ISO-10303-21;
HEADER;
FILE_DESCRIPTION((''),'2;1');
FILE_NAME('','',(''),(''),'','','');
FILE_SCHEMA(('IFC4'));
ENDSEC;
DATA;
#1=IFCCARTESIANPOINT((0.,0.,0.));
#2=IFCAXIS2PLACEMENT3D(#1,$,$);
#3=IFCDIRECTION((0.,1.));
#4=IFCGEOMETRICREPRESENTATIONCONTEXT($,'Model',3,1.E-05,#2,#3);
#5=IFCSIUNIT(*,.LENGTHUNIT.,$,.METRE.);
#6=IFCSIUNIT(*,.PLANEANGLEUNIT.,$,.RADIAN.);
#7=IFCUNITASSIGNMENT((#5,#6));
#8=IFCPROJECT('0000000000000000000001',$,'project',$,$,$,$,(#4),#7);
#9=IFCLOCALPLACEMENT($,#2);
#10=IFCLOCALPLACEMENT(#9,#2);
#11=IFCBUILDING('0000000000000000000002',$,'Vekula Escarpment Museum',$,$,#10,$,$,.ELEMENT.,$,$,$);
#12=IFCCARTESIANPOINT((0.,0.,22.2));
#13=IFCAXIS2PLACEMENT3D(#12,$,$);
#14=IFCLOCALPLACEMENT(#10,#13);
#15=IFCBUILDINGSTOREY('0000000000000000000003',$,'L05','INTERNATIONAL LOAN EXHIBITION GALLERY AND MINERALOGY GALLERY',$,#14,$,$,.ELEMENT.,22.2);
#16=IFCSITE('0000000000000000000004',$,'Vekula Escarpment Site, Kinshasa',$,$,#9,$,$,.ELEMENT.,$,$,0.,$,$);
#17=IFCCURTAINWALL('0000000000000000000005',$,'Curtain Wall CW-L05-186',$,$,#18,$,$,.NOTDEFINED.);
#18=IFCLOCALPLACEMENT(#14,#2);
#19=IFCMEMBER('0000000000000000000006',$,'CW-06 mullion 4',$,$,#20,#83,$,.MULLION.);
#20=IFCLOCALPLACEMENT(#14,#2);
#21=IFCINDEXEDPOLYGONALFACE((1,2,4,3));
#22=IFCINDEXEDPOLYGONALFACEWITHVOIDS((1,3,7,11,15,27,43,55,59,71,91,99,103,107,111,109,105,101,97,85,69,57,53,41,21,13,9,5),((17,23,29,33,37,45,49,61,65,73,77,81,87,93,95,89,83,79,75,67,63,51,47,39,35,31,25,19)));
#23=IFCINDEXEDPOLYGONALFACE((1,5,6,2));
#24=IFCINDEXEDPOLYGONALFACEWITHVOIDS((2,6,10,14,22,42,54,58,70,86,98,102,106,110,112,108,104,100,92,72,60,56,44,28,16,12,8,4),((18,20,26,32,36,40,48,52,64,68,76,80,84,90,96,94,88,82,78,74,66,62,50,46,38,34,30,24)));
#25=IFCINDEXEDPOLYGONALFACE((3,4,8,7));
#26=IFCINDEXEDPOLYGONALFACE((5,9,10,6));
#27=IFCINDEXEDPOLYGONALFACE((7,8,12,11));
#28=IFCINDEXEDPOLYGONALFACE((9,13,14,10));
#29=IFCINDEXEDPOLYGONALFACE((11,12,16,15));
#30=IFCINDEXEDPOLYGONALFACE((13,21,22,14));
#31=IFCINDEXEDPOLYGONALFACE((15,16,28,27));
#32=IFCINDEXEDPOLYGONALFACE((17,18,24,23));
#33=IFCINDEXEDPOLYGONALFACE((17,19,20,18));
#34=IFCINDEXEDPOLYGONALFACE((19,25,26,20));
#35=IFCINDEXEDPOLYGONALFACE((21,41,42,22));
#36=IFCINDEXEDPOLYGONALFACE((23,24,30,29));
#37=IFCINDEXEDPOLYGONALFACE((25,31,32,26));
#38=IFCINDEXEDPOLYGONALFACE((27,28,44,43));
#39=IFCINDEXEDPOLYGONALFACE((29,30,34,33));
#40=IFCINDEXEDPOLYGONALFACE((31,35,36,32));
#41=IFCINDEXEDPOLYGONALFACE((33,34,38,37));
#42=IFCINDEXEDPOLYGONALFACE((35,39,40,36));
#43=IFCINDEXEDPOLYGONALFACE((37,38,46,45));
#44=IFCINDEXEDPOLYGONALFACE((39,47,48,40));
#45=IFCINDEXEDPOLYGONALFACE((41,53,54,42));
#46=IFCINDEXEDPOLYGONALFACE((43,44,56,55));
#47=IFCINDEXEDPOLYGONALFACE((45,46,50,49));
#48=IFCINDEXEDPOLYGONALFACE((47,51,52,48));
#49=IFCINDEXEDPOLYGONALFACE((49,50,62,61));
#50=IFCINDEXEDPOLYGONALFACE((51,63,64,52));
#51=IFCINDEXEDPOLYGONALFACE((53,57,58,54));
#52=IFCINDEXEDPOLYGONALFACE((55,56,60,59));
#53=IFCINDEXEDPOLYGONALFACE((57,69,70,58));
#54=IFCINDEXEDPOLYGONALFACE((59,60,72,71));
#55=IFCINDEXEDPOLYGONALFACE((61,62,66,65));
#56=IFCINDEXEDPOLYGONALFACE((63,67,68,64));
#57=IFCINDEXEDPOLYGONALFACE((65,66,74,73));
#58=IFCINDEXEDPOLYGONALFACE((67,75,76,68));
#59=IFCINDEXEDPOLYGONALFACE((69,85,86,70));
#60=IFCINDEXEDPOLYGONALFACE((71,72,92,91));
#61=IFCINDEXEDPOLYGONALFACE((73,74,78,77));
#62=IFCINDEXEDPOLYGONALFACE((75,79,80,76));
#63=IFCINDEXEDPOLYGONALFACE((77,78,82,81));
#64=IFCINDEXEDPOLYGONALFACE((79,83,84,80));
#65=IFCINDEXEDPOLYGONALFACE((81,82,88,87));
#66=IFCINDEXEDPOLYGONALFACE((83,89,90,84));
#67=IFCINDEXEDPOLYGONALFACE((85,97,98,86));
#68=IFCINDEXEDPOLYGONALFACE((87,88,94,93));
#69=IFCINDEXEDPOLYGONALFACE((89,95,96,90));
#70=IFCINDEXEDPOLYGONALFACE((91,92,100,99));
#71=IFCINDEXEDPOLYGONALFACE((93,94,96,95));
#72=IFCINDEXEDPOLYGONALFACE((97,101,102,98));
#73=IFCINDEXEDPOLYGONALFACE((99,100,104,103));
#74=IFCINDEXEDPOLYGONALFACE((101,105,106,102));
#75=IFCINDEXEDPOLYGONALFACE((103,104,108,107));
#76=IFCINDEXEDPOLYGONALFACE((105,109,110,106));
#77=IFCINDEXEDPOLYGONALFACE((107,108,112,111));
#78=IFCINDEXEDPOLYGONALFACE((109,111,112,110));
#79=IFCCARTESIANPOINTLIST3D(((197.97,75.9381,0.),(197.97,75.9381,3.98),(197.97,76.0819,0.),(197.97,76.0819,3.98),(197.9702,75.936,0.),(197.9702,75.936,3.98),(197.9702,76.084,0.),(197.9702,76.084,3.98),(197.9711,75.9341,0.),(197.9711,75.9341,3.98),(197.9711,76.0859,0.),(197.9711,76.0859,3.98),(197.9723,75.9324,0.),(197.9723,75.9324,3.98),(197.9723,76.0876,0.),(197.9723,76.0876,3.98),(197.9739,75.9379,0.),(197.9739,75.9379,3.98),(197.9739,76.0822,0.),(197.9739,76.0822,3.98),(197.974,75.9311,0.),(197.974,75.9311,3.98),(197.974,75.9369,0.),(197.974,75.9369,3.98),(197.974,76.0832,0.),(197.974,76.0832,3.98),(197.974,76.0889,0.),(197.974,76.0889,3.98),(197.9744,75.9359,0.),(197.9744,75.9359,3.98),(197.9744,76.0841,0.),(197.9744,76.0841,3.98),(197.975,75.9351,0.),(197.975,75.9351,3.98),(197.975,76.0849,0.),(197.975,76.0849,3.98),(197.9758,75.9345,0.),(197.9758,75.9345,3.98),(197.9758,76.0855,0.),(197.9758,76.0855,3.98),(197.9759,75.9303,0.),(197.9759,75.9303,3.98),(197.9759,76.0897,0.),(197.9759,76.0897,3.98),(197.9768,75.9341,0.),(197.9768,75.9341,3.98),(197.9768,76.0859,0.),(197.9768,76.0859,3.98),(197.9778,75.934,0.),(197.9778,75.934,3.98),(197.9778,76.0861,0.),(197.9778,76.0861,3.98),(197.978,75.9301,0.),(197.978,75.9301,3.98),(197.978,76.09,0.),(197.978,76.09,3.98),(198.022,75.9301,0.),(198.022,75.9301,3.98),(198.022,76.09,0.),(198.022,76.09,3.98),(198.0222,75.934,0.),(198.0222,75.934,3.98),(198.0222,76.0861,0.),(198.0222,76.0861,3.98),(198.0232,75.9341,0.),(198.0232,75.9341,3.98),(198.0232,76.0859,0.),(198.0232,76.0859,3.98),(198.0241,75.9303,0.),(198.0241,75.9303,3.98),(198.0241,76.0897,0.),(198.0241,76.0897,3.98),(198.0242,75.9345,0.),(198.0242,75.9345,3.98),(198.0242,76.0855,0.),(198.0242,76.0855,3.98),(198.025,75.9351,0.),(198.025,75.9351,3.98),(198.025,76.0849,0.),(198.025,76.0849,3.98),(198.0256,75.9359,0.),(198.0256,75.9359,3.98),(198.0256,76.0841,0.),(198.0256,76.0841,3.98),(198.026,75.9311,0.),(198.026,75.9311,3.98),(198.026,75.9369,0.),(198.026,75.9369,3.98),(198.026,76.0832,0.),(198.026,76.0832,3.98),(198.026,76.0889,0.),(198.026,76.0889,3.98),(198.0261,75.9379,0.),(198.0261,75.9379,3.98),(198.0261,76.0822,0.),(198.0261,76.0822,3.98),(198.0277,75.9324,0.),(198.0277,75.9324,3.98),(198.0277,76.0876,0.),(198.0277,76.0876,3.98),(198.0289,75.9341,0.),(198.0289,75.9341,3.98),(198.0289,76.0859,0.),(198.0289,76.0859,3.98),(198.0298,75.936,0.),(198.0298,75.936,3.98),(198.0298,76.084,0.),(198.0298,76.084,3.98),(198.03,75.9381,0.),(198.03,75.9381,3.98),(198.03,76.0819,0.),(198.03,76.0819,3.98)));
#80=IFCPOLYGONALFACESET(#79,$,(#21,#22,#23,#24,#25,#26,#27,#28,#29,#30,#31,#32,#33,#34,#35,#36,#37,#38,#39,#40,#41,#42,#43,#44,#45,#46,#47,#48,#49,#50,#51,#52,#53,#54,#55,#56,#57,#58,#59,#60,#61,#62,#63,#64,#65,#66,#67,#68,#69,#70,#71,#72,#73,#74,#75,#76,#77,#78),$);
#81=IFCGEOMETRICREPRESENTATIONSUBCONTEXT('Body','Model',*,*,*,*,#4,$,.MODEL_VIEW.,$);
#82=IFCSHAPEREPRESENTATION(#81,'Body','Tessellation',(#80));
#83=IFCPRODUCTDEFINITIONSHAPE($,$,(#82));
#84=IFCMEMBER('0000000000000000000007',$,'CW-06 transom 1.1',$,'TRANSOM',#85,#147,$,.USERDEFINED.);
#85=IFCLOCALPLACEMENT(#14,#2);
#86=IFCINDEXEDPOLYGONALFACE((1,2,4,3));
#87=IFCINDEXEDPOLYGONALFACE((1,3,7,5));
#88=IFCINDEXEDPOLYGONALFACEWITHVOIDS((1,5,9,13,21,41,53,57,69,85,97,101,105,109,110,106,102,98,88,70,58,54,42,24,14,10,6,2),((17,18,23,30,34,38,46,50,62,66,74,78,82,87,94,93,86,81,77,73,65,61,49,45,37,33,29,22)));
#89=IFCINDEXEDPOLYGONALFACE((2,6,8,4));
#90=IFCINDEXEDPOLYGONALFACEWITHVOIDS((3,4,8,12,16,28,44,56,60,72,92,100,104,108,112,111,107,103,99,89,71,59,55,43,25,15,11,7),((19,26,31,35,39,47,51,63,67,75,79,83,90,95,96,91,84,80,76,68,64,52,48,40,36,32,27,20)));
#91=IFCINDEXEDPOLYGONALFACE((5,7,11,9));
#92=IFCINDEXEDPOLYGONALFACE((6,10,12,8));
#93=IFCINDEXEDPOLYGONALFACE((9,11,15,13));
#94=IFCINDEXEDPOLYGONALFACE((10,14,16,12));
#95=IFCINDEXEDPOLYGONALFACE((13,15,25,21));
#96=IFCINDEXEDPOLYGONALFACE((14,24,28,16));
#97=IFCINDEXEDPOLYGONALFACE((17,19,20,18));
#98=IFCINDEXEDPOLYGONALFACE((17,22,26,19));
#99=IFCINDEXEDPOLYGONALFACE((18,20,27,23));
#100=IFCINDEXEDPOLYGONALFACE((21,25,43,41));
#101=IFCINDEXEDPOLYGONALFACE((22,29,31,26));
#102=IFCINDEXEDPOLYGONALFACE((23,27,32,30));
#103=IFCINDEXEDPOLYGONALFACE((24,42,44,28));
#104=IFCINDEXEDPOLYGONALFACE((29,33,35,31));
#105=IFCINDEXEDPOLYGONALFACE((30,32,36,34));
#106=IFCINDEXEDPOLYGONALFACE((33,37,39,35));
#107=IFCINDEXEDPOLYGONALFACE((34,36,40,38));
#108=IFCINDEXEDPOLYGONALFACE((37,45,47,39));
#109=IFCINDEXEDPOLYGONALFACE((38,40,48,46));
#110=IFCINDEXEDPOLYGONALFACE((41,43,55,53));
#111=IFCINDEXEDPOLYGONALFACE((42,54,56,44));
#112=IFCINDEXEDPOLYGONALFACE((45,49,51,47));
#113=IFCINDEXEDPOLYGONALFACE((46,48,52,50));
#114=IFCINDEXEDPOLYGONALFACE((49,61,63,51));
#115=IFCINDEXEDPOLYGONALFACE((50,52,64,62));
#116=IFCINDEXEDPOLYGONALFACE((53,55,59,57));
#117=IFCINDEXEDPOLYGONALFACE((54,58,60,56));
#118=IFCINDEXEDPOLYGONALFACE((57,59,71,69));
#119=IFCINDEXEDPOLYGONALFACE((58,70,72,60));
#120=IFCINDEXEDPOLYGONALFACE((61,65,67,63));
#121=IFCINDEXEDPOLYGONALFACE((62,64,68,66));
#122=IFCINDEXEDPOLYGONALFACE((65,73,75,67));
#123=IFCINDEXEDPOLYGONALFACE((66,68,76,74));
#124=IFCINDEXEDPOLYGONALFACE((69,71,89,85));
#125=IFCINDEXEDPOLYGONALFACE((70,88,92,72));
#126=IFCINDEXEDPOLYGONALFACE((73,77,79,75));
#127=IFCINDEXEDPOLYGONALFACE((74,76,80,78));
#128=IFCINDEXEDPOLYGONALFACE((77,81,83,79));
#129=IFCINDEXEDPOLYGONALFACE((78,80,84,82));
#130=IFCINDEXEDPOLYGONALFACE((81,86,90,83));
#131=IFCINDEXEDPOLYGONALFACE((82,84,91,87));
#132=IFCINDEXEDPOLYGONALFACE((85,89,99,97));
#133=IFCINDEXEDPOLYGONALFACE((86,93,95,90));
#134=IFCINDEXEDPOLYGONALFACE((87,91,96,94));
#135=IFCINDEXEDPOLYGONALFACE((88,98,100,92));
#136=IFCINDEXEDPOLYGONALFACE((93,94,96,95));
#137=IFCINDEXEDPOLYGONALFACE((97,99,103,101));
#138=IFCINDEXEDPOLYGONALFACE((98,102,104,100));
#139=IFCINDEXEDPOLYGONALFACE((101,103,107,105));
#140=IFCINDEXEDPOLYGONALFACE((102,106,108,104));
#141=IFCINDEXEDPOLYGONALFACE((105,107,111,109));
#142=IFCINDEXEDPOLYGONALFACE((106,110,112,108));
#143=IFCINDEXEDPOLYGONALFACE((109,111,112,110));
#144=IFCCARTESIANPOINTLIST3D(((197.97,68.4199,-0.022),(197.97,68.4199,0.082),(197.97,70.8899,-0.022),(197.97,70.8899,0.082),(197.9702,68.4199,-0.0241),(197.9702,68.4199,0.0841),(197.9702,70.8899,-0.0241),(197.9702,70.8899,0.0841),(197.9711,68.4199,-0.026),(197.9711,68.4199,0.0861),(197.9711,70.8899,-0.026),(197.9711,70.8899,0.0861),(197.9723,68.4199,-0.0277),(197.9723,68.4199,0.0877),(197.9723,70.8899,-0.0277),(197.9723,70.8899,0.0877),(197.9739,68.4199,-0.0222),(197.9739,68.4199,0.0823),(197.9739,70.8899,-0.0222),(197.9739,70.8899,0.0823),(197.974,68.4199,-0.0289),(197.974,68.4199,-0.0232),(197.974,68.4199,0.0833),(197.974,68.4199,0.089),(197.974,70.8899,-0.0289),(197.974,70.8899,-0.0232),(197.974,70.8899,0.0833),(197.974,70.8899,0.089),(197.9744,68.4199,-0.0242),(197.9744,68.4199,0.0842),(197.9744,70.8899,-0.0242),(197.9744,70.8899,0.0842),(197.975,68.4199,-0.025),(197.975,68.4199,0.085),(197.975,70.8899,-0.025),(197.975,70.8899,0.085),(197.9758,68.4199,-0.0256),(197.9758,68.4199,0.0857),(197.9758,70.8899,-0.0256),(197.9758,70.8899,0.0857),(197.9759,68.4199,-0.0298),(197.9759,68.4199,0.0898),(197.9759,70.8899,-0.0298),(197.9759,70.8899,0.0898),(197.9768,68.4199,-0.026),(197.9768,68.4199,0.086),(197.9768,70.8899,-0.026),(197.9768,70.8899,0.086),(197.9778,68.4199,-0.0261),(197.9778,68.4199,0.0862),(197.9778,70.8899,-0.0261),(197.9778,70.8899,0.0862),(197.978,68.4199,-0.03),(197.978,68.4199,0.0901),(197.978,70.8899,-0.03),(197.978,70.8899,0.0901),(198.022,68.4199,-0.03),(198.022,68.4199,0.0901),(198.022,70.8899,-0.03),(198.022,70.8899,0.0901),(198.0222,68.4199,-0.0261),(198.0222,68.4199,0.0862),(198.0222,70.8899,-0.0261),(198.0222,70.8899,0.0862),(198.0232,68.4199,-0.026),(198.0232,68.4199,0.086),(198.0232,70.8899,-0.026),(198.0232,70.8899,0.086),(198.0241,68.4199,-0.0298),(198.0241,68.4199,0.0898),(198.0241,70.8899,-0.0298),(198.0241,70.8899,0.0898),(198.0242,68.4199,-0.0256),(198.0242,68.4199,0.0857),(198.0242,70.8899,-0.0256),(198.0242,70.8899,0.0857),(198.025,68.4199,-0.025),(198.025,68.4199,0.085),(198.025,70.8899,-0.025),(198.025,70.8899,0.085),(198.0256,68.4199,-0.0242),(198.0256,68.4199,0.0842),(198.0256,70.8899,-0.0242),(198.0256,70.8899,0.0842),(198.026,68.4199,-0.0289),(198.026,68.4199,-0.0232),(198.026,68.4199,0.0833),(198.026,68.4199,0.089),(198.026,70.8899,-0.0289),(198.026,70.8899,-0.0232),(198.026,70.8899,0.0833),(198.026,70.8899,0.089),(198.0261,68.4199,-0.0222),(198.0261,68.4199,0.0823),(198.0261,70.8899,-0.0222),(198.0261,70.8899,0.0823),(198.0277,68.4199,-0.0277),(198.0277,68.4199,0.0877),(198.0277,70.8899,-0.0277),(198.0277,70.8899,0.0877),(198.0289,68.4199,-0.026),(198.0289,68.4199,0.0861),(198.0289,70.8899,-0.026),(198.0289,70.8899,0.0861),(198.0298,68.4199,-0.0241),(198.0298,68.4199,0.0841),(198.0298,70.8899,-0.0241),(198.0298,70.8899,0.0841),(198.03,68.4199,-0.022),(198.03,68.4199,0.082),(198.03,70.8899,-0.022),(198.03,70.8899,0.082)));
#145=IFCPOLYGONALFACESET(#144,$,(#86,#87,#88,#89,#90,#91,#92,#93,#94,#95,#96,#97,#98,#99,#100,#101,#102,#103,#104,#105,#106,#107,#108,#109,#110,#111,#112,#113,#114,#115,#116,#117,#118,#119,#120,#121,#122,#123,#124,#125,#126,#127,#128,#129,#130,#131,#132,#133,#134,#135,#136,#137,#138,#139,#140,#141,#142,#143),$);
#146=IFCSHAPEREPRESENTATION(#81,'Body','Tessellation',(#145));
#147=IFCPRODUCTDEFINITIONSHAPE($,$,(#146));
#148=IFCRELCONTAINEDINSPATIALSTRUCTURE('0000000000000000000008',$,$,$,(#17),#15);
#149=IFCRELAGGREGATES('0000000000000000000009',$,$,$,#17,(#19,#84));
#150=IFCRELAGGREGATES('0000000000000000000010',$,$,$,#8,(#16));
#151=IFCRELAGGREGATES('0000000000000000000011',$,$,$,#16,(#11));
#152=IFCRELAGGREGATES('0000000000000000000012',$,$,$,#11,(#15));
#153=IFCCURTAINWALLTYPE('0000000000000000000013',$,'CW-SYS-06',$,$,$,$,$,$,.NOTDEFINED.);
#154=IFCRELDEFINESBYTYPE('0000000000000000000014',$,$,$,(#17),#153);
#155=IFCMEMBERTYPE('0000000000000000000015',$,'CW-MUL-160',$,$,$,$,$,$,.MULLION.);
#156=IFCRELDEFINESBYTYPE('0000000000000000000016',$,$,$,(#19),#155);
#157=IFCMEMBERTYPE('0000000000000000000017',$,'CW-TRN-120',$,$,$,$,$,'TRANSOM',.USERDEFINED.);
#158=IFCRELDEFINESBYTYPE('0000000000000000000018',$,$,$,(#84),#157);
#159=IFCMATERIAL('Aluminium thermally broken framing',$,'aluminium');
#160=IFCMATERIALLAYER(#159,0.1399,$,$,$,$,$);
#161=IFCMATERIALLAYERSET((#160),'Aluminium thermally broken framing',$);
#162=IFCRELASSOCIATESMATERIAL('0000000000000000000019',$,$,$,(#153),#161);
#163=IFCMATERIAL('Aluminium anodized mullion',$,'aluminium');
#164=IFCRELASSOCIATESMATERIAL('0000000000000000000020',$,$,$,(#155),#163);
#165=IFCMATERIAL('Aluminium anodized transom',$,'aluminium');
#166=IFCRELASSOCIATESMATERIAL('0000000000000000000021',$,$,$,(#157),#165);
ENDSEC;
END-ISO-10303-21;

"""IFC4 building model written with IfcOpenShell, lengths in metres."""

from ifc_helpers import new_model, si_unit, direction, frame, origin, origin_2d, place, context, subcontext, project, spatial, hollow_rectangle, extrude, material, layer, layer_set, material_profile, profile_set, type_object, element, aggregate, save


model = new_model("IFC4")

# Units and contexts
model_context = context("Model", 3, precision=1e-05, world=origin(), true_north=direction((0.0, 1.0)))
body_context = subcontext(model_context, "Body", "Model", "MODEL_VIEW")
ifc_project = project(units=[si_unit("LENGTHUNIT", "METRE"), si_unit("PLANEANGLEUNIT", "RADIAN")], contexts=[model_context])

# Site, building, storey
site_placement = place(None, origin())
site = spatial("IfcSite", under=ifc_project, at=site_placement, Name="Vekula Escarpment Site, Kinshasa", CompositionType="ELEMENT", RefElevation=0.0)
building_placement = place(site_placement, origin())
building = spatial("IfcBuilding", under=site, at=building_placement, Name="Vekula Escarpment Museum", CompositionType="ELEMENT")
storey_placement = place(building_placement, frame((0.0, 0.0, 22.2)))
storey = spatial("IfcBuildingStorey", under=building, at=storey_placement, Name="L05", Description="INTERNATIONAL LOAN EXHIBITION GALLERY AND MINERALOGY GALLERY", CompositionType="ELEMENT", Elevation=22.2)

# Curtain wall, members
ifc_material_1 = material(Name="Aluminium thermally broken framing", Category="aluminium")
ifc_layer_1 = layer(ifc_material_1, 0.1399)
ifc_layer_set_1 = layer_set([ifc_layer_1], Name="Aluminium thermally broken framing")
curtain_wall_type = type_object("IfcCurtainWallType", Name="CW-SYS-06", PredefinedType="NOTDEFINED", material=ifc_layer_set_1)
curtain_wall_placement = place(storey_placement, origin())
curtain_wall = element("IfcCurtainWall", 1, at=curtain_wall_placement, inside=storey, type_object=curtain_wall_type, Name="Curtain Wall CW-L05-186", PredefinedType="NOTDEFINED")
ifc_material_2 = material(Name="Aluminium anodized mullion", Category="aluminium")
ifc_material_profile_1 = material_profile(ifc_material_2, hollow_rectangle(XDim=0.0601, YDim=0.1599, WallThickness=0.0039, InnerFilletRadius=0.0039, OuterFilletRadius=0.0081, at=origin_2d()), Name="ALU 160x60x4")
ifc_profile_set_1 = profile_set([ifc_material_profile_1], Name="Aluminium anodized mullion")
member_type_1 = type_object("IfcMemberType", Name="CW-MUL-160", PredefinedType="MULLION", material=ifc_profile_set_1)
member_1_placement = place(storey_placement, frame((198.0, 76.01, 0.0), z_axis=(0.0, 0.0, 1.0), x_axis=(-1.0, 0.0, 0.0)))
member_1 = element("IfcMember", 2, at=member_1_placement, type_object=member_type_1, Name="CW-06 mullion 4", PredefinedType="MULLION", context=body_context, shape_type="SweptSolid", body=[
    extrude(hollow_rectangle(XDim=0.0601, YDim=0.1599, WallThickness=0.0039, InnerFilletRadius=0.0039, OuterFilletRadius=0.0081, at=origin_2d()), origin(), (0.0, 0.0, 1.0), 3.98),
])
ifc_material_3 = material(Name="Aluminium anodized transom", Category="aluminium")
ifc_material_profile_2 = material_profile(ifc_material_3, hollow_rectangle(XDim=0.0601, YDim=0.1201, WallThickness=0.0039, InnerFilletRadius=0.0039, OuterFilletRadius=0.0081, at=origin_2d()), Name="ALU 120x60x4")
ifc_profile_set_2 = profile_set([ifc_material_profile_2], Name="Aluminium anodized transom")
member_type_2 = type_object("IfcMemberType", Name="CW-TRN-120", ElementType="TRANSOM", PredefinedType="USERDEFINED", material=ifc_profile_set_2)
member_2_placement = place(storey_placement, frame((198.0, 68.4199, 0.03), z_axis=(0.0, 1.0, 0.0), x_axis=(-1.0, 0.0, 0.0)))
member_2 = element("IfcMember", 3, at=member_2_placement, type_object=member_type_2, Name="CW-06 transom 1.1", ObjectType="TRANSOM", PredefinedType="USERDEFINED", context=body_context, shape_type="SweptSolid", body=[
    extrude(hollow_rectangle(XDim=0.0601, YDim=0.1201, WallThickness=0.0039, InnerFilletRadius=0.0039, OuterFilletRadius=0.0081, at=origin_2d()), origin(), (0.0, 0.0, 1.0), 2.47),
])
aggregate(curtain_wall, [member_1, member_2])

save(model, "model.ifc")
